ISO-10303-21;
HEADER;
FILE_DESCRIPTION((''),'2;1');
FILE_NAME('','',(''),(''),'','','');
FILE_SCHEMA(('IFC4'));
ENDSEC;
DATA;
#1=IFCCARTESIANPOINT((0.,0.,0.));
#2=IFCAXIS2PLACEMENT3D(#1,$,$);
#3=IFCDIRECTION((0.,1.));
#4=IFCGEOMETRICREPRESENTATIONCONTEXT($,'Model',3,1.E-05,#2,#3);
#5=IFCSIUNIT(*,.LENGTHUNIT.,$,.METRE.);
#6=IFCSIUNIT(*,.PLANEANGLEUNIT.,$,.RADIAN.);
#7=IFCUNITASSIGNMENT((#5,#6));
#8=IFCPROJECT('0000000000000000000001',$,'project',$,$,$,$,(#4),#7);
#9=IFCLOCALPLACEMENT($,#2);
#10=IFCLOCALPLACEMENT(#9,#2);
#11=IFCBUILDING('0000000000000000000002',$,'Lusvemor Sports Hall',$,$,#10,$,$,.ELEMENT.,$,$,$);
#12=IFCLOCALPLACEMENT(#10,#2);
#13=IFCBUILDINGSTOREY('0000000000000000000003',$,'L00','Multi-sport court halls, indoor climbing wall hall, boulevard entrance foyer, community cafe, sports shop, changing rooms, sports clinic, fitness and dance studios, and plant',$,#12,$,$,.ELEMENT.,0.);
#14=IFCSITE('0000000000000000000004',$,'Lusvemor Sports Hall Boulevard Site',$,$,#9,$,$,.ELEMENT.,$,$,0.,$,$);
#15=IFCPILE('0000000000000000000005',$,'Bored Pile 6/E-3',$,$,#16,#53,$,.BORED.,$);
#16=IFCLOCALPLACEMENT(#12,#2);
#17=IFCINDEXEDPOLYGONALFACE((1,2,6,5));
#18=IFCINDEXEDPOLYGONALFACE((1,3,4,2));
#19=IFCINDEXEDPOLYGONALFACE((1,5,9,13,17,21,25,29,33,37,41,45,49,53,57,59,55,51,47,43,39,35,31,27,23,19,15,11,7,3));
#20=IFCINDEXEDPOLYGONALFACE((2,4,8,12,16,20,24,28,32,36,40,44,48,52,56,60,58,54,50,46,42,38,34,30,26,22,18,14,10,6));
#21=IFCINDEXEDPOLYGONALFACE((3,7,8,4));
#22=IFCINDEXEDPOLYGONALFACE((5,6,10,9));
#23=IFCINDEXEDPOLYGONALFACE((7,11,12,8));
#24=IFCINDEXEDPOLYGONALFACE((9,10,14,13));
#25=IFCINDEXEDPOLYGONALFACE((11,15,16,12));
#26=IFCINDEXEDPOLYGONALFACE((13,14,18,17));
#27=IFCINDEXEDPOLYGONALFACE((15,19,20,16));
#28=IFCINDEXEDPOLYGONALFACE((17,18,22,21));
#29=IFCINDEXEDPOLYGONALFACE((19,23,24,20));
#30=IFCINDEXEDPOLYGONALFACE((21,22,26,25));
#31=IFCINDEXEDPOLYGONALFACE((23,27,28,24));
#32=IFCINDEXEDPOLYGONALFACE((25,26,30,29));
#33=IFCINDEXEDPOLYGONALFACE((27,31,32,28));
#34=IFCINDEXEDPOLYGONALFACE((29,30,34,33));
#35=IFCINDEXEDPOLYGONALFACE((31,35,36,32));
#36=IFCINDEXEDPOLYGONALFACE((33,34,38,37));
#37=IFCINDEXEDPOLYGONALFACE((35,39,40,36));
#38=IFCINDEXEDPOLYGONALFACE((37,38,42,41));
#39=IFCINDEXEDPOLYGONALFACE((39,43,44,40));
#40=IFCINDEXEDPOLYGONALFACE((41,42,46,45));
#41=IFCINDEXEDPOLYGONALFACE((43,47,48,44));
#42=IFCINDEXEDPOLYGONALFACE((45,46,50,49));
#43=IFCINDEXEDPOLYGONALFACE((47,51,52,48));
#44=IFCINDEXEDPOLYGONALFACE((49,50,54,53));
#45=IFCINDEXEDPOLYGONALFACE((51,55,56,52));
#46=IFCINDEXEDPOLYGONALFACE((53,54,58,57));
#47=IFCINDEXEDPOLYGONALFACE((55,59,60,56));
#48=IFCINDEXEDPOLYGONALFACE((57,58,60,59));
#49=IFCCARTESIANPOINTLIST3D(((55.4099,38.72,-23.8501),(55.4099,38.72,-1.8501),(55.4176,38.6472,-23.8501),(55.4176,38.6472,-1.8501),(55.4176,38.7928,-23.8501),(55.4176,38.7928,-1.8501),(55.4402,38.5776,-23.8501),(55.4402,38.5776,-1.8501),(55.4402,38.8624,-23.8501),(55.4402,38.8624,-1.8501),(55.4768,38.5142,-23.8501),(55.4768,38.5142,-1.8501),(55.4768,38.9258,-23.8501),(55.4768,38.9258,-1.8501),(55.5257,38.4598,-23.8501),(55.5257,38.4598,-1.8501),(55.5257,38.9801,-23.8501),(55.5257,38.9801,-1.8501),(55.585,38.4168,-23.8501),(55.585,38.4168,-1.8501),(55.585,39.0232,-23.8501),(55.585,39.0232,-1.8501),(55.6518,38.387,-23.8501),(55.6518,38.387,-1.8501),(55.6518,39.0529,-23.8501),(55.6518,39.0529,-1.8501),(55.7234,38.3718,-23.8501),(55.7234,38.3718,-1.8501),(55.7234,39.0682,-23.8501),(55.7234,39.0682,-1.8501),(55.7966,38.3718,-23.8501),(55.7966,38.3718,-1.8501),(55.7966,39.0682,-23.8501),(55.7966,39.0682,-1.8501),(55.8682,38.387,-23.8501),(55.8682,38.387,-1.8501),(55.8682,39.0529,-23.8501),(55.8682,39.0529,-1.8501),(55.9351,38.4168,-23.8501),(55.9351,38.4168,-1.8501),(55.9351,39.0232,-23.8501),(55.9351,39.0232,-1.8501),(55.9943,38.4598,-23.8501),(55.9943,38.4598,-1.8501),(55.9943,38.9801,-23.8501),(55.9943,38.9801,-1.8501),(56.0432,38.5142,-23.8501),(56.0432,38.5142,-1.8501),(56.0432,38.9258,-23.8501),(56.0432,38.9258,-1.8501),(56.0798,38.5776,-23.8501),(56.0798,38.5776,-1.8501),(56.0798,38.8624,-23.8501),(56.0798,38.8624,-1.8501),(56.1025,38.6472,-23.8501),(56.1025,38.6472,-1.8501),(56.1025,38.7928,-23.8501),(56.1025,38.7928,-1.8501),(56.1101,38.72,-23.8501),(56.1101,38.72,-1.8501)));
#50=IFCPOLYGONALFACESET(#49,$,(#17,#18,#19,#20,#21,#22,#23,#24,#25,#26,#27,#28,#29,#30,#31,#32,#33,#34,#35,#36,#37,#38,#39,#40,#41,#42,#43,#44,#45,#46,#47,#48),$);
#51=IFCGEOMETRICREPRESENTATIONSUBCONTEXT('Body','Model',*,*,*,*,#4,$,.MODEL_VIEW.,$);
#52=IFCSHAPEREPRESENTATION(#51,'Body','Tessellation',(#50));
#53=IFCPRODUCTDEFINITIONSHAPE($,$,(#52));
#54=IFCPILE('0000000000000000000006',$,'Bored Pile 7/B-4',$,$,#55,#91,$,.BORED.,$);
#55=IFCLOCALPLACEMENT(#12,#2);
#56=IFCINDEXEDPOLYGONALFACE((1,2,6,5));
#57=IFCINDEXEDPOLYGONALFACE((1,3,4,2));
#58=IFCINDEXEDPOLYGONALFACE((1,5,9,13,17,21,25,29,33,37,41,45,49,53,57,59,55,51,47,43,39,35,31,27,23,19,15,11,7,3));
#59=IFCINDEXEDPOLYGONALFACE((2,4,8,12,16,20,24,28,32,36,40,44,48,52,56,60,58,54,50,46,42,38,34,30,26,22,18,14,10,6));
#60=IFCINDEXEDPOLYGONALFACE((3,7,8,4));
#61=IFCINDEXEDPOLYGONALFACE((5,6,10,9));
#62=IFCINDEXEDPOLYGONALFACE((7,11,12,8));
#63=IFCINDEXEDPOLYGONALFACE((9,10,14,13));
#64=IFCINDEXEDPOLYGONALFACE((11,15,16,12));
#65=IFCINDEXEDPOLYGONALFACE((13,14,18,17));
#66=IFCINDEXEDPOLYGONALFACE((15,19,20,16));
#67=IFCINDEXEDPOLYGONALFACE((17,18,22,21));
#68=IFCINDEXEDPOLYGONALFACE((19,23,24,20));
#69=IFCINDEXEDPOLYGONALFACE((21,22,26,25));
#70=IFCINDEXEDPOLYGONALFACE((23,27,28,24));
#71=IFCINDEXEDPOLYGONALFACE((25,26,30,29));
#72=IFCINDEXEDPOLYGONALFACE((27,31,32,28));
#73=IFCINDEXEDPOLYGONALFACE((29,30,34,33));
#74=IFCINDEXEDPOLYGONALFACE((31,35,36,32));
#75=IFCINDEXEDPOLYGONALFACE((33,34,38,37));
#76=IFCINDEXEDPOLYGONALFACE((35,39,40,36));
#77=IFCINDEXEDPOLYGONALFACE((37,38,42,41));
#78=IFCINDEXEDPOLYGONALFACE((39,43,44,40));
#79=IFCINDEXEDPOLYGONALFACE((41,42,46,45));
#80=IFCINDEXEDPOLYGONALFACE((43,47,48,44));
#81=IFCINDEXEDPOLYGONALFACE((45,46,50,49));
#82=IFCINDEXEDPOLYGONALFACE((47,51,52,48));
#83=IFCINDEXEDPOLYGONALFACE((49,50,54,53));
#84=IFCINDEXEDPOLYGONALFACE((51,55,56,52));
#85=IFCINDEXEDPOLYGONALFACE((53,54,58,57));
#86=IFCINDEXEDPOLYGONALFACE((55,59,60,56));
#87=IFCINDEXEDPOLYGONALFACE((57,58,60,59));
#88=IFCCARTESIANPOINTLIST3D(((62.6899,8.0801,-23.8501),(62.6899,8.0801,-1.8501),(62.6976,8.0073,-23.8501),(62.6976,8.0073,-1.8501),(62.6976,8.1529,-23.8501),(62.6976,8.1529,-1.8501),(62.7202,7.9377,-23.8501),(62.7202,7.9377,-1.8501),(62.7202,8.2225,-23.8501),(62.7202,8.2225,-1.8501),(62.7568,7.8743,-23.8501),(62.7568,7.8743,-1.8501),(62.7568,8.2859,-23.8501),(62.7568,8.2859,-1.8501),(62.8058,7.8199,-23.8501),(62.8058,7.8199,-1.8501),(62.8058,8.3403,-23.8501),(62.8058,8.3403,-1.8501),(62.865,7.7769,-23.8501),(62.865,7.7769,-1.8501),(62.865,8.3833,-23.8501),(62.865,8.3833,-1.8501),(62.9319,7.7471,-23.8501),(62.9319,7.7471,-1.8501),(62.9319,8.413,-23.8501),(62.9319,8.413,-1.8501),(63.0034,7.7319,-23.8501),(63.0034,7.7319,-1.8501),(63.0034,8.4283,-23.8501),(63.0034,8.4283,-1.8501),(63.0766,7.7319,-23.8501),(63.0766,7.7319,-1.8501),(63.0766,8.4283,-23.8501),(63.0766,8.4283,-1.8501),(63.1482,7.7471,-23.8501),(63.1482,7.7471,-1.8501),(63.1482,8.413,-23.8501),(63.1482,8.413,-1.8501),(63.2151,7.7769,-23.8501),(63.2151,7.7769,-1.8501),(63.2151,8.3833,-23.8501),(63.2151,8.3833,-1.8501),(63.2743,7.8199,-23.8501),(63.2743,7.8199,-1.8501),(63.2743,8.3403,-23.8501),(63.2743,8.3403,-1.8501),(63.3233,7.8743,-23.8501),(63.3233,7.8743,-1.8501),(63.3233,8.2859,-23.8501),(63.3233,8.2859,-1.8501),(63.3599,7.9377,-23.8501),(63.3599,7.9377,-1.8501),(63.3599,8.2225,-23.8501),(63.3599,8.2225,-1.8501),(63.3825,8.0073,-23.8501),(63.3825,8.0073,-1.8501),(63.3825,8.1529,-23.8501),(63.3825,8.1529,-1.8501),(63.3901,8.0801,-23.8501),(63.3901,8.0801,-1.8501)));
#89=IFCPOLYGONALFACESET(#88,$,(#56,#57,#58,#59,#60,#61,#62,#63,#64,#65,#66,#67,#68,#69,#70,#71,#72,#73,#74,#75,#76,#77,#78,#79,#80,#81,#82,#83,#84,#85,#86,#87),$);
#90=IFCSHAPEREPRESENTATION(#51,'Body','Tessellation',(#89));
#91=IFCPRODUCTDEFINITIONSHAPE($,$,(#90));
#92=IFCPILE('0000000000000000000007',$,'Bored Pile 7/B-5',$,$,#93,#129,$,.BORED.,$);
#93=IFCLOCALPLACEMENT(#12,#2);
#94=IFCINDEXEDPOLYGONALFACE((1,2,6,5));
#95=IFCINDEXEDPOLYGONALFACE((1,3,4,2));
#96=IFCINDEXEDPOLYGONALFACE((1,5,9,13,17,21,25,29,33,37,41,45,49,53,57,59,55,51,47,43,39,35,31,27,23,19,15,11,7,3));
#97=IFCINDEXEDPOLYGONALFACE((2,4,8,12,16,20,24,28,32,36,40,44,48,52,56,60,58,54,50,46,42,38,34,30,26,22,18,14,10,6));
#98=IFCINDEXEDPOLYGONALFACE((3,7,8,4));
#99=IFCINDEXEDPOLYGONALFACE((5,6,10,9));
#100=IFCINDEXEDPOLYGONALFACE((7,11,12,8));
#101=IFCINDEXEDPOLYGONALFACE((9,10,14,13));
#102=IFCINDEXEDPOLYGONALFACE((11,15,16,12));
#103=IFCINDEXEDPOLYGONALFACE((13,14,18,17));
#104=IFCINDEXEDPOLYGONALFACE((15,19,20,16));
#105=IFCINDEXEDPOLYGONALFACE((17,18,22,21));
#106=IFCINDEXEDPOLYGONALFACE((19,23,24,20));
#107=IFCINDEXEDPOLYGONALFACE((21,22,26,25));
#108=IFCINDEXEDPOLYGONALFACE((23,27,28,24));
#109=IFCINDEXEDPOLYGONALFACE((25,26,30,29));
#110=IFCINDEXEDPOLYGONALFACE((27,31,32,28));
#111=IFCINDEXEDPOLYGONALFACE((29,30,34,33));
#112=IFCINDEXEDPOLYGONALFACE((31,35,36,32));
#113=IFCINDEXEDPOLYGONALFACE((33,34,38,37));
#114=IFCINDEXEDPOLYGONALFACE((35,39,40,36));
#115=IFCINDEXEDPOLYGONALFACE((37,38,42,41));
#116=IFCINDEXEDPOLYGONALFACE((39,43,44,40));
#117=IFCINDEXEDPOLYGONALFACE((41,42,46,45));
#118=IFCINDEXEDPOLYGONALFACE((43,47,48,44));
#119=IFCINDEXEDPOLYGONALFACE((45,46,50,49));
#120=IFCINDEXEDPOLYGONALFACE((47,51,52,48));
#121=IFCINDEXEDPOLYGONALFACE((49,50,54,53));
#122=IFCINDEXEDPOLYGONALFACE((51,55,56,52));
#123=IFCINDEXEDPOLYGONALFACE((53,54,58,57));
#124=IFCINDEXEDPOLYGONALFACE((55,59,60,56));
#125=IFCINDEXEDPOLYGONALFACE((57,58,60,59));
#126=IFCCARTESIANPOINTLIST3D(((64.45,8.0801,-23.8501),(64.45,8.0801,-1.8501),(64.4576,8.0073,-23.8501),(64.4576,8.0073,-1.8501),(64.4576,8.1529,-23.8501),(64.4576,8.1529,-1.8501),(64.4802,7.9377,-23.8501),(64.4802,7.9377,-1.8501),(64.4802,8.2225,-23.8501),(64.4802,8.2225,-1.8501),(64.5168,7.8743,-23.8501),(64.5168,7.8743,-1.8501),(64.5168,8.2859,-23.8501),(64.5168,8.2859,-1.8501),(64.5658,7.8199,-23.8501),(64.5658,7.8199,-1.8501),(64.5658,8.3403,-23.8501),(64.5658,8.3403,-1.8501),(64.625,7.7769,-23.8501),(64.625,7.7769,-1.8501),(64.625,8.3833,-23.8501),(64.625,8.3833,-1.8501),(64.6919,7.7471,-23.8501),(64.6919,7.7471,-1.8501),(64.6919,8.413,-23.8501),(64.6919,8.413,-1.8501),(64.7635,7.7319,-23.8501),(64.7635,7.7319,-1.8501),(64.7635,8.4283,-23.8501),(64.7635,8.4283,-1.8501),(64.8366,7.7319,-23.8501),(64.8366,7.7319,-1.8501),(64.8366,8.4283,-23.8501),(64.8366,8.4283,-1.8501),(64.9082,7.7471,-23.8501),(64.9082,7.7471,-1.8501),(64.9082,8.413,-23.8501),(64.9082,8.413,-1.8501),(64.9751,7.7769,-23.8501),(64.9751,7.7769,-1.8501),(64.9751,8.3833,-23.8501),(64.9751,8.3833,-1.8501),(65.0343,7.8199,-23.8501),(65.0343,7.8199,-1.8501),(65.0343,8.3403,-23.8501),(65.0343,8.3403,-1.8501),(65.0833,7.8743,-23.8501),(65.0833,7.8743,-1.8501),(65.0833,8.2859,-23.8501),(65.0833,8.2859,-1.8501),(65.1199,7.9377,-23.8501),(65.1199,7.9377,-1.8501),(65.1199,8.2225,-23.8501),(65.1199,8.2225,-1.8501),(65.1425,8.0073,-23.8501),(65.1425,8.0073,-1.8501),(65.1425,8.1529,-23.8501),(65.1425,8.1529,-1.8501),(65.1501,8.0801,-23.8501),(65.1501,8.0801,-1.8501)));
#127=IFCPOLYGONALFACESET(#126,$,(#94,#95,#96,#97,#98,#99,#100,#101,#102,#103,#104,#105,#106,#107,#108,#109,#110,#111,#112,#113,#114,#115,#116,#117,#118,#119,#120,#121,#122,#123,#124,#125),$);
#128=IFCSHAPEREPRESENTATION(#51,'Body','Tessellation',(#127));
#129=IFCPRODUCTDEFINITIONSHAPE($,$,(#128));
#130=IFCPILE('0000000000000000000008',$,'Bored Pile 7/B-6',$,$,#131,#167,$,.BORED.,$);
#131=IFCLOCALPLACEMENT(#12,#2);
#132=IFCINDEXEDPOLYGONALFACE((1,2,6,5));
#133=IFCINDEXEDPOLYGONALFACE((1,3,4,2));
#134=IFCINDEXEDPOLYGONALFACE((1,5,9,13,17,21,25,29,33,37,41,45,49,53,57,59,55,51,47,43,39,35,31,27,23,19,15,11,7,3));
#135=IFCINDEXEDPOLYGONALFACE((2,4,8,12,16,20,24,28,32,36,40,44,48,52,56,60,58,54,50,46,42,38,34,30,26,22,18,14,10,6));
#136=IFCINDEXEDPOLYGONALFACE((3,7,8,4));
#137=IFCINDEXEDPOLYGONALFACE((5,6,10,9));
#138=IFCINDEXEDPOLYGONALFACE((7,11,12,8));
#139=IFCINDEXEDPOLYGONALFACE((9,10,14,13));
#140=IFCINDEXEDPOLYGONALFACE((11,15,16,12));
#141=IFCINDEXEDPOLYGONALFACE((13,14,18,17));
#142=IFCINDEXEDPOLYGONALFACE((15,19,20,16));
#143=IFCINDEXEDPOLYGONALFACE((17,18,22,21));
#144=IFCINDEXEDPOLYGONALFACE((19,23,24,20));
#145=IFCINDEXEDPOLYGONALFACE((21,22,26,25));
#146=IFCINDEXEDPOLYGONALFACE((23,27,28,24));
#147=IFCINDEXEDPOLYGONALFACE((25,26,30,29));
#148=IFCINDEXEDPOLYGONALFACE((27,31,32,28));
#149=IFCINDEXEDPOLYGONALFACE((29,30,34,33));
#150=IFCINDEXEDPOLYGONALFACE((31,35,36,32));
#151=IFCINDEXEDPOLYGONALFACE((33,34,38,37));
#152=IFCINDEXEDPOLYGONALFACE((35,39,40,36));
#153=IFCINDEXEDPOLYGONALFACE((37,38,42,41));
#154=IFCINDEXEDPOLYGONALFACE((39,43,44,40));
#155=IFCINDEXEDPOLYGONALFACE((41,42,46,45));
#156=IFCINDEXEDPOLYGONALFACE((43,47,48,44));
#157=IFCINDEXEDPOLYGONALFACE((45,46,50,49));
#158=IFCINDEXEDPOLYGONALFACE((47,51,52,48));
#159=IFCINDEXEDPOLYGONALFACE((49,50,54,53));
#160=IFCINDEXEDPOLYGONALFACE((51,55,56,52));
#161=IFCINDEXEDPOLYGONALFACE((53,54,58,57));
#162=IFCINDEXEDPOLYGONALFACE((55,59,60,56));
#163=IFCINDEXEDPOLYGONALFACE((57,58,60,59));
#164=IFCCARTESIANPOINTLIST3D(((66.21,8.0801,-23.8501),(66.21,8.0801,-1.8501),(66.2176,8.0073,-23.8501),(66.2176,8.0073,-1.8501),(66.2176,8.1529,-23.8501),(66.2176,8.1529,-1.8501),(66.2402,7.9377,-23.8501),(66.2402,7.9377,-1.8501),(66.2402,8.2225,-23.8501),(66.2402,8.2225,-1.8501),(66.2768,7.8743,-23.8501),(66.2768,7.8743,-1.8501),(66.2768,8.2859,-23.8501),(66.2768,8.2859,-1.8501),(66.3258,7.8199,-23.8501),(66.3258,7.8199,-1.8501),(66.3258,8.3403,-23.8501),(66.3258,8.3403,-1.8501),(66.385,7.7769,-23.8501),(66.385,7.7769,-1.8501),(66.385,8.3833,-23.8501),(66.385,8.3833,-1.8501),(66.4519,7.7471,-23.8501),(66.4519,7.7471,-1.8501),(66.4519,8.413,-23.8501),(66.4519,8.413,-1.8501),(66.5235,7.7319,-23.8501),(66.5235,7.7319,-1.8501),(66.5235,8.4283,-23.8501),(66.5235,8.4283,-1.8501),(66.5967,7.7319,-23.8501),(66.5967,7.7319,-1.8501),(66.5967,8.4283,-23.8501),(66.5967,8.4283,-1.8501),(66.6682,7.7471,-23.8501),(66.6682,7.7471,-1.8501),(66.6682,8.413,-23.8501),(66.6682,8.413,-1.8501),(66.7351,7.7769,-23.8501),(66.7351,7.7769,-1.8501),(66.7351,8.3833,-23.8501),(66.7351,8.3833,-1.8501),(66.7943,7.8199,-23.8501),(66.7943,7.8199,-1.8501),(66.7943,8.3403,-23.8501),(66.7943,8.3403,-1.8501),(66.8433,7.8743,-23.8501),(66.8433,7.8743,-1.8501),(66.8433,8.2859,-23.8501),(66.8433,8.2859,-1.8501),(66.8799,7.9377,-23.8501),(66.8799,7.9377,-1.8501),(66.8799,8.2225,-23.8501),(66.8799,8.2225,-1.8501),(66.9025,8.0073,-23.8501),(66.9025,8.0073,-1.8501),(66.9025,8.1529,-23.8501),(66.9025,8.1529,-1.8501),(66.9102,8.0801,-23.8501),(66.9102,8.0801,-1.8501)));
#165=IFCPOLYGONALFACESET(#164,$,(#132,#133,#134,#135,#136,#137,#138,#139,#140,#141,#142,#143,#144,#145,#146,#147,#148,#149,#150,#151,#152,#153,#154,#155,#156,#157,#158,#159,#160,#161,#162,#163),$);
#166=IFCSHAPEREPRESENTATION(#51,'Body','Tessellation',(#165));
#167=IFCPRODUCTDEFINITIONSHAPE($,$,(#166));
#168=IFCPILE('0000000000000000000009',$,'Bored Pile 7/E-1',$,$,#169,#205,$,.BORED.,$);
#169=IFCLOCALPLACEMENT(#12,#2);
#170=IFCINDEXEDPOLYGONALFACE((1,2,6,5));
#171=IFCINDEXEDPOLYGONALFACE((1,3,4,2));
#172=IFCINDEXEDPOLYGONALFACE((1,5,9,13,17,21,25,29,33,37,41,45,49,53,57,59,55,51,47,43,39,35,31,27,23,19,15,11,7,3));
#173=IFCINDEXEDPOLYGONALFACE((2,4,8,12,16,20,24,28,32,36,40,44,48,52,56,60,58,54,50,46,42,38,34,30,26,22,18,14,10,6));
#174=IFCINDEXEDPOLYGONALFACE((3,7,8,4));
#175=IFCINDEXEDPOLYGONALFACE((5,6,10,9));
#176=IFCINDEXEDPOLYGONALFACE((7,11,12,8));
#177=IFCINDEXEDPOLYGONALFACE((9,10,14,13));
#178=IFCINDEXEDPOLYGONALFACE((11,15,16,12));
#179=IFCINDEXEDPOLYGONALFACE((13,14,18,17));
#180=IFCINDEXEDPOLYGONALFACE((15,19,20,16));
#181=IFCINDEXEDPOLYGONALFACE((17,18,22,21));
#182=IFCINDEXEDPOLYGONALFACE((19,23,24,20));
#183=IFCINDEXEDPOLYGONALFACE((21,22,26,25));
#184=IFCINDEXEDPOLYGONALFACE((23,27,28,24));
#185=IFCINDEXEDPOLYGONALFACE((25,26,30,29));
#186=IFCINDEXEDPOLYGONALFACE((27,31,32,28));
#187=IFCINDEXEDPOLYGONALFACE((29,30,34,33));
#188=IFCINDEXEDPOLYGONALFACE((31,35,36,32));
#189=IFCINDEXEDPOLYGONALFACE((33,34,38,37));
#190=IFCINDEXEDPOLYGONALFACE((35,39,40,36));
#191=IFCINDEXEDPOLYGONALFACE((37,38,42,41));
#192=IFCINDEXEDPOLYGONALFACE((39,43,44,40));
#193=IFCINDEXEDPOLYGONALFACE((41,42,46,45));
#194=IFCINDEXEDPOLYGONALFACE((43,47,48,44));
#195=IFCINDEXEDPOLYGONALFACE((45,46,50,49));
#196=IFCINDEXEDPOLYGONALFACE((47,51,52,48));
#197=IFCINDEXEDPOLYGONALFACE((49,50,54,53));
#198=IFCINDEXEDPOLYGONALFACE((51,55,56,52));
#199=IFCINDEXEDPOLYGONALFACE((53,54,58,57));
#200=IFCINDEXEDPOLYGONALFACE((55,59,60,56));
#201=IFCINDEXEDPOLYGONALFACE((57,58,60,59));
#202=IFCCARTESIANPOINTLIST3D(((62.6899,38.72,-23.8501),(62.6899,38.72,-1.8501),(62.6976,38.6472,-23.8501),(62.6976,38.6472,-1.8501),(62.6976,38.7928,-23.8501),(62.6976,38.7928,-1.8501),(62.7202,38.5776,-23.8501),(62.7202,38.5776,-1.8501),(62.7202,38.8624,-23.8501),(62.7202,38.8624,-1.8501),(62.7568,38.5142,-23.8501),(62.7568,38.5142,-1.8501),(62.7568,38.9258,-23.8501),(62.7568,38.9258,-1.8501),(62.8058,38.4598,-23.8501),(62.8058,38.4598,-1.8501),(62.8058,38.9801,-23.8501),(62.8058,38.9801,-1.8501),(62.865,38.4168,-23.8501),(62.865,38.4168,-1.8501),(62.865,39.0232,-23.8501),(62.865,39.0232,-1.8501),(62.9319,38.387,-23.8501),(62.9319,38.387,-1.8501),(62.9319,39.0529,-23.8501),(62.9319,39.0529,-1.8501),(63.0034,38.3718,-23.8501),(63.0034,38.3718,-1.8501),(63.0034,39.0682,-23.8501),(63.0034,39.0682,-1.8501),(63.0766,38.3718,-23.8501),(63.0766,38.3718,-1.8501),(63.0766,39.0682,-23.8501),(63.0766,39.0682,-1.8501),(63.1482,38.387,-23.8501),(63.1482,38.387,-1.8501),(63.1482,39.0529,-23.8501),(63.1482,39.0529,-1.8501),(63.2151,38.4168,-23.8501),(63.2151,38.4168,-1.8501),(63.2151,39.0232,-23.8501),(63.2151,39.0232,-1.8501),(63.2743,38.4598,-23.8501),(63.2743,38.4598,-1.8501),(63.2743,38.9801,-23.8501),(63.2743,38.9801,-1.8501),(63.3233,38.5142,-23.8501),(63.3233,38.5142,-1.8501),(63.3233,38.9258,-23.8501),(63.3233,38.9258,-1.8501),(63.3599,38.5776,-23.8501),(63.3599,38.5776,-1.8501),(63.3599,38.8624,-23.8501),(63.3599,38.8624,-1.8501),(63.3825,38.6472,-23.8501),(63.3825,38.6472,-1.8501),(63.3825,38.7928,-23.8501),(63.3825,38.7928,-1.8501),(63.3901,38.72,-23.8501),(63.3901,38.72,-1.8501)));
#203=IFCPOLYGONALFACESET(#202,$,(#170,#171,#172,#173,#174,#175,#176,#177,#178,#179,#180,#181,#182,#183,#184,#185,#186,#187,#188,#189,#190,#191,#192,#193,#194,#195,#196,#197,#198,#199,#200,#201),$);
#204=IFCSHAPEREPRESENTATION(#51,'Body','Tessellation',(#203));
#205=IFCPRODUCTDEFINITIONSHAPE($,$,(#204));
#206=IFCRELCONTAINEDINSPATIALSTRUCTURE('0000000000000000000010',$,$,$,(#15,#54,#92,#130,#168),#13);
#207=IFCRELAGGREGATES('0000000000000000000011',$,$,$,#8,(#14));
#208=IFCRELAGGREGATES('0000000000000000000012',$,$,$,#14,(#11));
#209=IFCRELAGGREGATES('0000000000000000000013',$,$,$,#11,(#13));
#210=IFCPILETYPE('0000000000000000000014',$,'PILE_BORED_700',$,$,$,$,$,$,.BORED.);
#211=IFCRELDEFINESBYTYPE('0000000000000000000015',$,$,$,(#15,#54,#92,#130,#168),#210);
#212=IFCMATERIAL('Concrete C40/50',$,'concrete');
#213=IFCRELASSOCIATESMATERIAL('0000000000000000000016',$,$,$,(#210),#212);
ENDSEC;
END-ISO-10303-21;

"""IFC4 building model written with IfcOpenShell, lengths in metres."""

from ifc_helpers import new_model, si_unit, direction, frame, origin, origin_2d, place, context, subcontext, project, spatial, circle, extrude, material, material_profile, profile_set, type_object, element, save


model = new_model("IFC4")

# Units and contexts
model_context = context("Model", 3, precision=1e-05, world=origin(), true_north=direction((0.0, 1.0)))
body_context = subcontext(model_context, "Body", "Model", "MODEL_VIEW")
ifc_project = project(units=[si_unit("LENGTHUNIT", "METRE"), si_unit("PLANEANGLEUNIT", "RADIAN")], contexts=[model_context])

# Site, building, storey
site_placement = place(None, origin())
site = spatial("IfcSite", under=ifc_project, at=site_placement, Name="Lusvemor Sports Hall Boulevard Site", CompositionType="ELEMENT", RefElevation=0.0)
building_placement = place(site_placement, origin())
building = spatial("IfcBuilding", under=site, at=building_placement, Name="Lusvemor Sports Hall", CompositionType="ELEMENT")
storey_placement = place(building_placement, origin())
storey = spatial("IfcBuildingStorey", under=building, at=storey_placement, Name="L00", Description="Multi-sport court halls, indoor climbing wall hall, boulevard entrance foyer, community cafe, sports shop, changing rooms, sports clinic, fitness and dance studios, and plant", CompositionType="ELEMENT", Elevation=0.0)

# Piles
ifc_material_1 = material(Name="Concrete C40/50", Category="concrete")
ifc_material_profile_1 = material_profile(ifc_material_1, circle(Radius=0.3501, at=origin_2d()), Name="PILE700")
ifc_profile_set_1 = profile_set([ifc_material_profile_1], Name="Concrete C40/50")
pile_type = type_object("IfcPileType", Name="PILE_BORED_700", PredefinedType="BORED", material=ifc_profile_set_1)
for number, where, z_axis, x_axis, name in (
    (1, (55.76, 38.72, -1.8501), (0.0, 0.0, -1.0), (1.0, 0.0, 0.0), "Bored Pile 6/E-3"),
    (2, (63.04, 8.0801, -1.8501), (0.0, 0.0, -1.0), (1.0, 0.0, 0.0), "Bored Pile 7/B-4"),
    (3, (64.8, 8.0801, -1.8501), (0.0, 0.0, -1.0), (1.0, 0.0, 0.0), "Bored Pile 7/B-5"),
    (4, (66.5601, 8.0801, -1.8501), (0.0, 0.0, -1.0), (1.0, 0.0, 0.0), "Bored Pile 7/B-6"),
    (5, (63.04, 38.72, -1.8501), (0.0, 0.0, -1.0), (1.0, 0.0, 0.0), "Bored Pile 7/E-1"),
):
    element("IfcPile", number, at=place(storey_placement, frame(where, z_axis=z_axis, x_axis=x_axis)), inside=storey, type_object=pile_type, Name=name, PredefinedType="BORED", context=body_context, shape_type="SweptSolid", body=[
        extrude(circle(Radius=0.3501, at=origin_2d()), origin(), (0.0, 0.0, 1.0), 22.0),
    ])

save(model, "model.ifc")
